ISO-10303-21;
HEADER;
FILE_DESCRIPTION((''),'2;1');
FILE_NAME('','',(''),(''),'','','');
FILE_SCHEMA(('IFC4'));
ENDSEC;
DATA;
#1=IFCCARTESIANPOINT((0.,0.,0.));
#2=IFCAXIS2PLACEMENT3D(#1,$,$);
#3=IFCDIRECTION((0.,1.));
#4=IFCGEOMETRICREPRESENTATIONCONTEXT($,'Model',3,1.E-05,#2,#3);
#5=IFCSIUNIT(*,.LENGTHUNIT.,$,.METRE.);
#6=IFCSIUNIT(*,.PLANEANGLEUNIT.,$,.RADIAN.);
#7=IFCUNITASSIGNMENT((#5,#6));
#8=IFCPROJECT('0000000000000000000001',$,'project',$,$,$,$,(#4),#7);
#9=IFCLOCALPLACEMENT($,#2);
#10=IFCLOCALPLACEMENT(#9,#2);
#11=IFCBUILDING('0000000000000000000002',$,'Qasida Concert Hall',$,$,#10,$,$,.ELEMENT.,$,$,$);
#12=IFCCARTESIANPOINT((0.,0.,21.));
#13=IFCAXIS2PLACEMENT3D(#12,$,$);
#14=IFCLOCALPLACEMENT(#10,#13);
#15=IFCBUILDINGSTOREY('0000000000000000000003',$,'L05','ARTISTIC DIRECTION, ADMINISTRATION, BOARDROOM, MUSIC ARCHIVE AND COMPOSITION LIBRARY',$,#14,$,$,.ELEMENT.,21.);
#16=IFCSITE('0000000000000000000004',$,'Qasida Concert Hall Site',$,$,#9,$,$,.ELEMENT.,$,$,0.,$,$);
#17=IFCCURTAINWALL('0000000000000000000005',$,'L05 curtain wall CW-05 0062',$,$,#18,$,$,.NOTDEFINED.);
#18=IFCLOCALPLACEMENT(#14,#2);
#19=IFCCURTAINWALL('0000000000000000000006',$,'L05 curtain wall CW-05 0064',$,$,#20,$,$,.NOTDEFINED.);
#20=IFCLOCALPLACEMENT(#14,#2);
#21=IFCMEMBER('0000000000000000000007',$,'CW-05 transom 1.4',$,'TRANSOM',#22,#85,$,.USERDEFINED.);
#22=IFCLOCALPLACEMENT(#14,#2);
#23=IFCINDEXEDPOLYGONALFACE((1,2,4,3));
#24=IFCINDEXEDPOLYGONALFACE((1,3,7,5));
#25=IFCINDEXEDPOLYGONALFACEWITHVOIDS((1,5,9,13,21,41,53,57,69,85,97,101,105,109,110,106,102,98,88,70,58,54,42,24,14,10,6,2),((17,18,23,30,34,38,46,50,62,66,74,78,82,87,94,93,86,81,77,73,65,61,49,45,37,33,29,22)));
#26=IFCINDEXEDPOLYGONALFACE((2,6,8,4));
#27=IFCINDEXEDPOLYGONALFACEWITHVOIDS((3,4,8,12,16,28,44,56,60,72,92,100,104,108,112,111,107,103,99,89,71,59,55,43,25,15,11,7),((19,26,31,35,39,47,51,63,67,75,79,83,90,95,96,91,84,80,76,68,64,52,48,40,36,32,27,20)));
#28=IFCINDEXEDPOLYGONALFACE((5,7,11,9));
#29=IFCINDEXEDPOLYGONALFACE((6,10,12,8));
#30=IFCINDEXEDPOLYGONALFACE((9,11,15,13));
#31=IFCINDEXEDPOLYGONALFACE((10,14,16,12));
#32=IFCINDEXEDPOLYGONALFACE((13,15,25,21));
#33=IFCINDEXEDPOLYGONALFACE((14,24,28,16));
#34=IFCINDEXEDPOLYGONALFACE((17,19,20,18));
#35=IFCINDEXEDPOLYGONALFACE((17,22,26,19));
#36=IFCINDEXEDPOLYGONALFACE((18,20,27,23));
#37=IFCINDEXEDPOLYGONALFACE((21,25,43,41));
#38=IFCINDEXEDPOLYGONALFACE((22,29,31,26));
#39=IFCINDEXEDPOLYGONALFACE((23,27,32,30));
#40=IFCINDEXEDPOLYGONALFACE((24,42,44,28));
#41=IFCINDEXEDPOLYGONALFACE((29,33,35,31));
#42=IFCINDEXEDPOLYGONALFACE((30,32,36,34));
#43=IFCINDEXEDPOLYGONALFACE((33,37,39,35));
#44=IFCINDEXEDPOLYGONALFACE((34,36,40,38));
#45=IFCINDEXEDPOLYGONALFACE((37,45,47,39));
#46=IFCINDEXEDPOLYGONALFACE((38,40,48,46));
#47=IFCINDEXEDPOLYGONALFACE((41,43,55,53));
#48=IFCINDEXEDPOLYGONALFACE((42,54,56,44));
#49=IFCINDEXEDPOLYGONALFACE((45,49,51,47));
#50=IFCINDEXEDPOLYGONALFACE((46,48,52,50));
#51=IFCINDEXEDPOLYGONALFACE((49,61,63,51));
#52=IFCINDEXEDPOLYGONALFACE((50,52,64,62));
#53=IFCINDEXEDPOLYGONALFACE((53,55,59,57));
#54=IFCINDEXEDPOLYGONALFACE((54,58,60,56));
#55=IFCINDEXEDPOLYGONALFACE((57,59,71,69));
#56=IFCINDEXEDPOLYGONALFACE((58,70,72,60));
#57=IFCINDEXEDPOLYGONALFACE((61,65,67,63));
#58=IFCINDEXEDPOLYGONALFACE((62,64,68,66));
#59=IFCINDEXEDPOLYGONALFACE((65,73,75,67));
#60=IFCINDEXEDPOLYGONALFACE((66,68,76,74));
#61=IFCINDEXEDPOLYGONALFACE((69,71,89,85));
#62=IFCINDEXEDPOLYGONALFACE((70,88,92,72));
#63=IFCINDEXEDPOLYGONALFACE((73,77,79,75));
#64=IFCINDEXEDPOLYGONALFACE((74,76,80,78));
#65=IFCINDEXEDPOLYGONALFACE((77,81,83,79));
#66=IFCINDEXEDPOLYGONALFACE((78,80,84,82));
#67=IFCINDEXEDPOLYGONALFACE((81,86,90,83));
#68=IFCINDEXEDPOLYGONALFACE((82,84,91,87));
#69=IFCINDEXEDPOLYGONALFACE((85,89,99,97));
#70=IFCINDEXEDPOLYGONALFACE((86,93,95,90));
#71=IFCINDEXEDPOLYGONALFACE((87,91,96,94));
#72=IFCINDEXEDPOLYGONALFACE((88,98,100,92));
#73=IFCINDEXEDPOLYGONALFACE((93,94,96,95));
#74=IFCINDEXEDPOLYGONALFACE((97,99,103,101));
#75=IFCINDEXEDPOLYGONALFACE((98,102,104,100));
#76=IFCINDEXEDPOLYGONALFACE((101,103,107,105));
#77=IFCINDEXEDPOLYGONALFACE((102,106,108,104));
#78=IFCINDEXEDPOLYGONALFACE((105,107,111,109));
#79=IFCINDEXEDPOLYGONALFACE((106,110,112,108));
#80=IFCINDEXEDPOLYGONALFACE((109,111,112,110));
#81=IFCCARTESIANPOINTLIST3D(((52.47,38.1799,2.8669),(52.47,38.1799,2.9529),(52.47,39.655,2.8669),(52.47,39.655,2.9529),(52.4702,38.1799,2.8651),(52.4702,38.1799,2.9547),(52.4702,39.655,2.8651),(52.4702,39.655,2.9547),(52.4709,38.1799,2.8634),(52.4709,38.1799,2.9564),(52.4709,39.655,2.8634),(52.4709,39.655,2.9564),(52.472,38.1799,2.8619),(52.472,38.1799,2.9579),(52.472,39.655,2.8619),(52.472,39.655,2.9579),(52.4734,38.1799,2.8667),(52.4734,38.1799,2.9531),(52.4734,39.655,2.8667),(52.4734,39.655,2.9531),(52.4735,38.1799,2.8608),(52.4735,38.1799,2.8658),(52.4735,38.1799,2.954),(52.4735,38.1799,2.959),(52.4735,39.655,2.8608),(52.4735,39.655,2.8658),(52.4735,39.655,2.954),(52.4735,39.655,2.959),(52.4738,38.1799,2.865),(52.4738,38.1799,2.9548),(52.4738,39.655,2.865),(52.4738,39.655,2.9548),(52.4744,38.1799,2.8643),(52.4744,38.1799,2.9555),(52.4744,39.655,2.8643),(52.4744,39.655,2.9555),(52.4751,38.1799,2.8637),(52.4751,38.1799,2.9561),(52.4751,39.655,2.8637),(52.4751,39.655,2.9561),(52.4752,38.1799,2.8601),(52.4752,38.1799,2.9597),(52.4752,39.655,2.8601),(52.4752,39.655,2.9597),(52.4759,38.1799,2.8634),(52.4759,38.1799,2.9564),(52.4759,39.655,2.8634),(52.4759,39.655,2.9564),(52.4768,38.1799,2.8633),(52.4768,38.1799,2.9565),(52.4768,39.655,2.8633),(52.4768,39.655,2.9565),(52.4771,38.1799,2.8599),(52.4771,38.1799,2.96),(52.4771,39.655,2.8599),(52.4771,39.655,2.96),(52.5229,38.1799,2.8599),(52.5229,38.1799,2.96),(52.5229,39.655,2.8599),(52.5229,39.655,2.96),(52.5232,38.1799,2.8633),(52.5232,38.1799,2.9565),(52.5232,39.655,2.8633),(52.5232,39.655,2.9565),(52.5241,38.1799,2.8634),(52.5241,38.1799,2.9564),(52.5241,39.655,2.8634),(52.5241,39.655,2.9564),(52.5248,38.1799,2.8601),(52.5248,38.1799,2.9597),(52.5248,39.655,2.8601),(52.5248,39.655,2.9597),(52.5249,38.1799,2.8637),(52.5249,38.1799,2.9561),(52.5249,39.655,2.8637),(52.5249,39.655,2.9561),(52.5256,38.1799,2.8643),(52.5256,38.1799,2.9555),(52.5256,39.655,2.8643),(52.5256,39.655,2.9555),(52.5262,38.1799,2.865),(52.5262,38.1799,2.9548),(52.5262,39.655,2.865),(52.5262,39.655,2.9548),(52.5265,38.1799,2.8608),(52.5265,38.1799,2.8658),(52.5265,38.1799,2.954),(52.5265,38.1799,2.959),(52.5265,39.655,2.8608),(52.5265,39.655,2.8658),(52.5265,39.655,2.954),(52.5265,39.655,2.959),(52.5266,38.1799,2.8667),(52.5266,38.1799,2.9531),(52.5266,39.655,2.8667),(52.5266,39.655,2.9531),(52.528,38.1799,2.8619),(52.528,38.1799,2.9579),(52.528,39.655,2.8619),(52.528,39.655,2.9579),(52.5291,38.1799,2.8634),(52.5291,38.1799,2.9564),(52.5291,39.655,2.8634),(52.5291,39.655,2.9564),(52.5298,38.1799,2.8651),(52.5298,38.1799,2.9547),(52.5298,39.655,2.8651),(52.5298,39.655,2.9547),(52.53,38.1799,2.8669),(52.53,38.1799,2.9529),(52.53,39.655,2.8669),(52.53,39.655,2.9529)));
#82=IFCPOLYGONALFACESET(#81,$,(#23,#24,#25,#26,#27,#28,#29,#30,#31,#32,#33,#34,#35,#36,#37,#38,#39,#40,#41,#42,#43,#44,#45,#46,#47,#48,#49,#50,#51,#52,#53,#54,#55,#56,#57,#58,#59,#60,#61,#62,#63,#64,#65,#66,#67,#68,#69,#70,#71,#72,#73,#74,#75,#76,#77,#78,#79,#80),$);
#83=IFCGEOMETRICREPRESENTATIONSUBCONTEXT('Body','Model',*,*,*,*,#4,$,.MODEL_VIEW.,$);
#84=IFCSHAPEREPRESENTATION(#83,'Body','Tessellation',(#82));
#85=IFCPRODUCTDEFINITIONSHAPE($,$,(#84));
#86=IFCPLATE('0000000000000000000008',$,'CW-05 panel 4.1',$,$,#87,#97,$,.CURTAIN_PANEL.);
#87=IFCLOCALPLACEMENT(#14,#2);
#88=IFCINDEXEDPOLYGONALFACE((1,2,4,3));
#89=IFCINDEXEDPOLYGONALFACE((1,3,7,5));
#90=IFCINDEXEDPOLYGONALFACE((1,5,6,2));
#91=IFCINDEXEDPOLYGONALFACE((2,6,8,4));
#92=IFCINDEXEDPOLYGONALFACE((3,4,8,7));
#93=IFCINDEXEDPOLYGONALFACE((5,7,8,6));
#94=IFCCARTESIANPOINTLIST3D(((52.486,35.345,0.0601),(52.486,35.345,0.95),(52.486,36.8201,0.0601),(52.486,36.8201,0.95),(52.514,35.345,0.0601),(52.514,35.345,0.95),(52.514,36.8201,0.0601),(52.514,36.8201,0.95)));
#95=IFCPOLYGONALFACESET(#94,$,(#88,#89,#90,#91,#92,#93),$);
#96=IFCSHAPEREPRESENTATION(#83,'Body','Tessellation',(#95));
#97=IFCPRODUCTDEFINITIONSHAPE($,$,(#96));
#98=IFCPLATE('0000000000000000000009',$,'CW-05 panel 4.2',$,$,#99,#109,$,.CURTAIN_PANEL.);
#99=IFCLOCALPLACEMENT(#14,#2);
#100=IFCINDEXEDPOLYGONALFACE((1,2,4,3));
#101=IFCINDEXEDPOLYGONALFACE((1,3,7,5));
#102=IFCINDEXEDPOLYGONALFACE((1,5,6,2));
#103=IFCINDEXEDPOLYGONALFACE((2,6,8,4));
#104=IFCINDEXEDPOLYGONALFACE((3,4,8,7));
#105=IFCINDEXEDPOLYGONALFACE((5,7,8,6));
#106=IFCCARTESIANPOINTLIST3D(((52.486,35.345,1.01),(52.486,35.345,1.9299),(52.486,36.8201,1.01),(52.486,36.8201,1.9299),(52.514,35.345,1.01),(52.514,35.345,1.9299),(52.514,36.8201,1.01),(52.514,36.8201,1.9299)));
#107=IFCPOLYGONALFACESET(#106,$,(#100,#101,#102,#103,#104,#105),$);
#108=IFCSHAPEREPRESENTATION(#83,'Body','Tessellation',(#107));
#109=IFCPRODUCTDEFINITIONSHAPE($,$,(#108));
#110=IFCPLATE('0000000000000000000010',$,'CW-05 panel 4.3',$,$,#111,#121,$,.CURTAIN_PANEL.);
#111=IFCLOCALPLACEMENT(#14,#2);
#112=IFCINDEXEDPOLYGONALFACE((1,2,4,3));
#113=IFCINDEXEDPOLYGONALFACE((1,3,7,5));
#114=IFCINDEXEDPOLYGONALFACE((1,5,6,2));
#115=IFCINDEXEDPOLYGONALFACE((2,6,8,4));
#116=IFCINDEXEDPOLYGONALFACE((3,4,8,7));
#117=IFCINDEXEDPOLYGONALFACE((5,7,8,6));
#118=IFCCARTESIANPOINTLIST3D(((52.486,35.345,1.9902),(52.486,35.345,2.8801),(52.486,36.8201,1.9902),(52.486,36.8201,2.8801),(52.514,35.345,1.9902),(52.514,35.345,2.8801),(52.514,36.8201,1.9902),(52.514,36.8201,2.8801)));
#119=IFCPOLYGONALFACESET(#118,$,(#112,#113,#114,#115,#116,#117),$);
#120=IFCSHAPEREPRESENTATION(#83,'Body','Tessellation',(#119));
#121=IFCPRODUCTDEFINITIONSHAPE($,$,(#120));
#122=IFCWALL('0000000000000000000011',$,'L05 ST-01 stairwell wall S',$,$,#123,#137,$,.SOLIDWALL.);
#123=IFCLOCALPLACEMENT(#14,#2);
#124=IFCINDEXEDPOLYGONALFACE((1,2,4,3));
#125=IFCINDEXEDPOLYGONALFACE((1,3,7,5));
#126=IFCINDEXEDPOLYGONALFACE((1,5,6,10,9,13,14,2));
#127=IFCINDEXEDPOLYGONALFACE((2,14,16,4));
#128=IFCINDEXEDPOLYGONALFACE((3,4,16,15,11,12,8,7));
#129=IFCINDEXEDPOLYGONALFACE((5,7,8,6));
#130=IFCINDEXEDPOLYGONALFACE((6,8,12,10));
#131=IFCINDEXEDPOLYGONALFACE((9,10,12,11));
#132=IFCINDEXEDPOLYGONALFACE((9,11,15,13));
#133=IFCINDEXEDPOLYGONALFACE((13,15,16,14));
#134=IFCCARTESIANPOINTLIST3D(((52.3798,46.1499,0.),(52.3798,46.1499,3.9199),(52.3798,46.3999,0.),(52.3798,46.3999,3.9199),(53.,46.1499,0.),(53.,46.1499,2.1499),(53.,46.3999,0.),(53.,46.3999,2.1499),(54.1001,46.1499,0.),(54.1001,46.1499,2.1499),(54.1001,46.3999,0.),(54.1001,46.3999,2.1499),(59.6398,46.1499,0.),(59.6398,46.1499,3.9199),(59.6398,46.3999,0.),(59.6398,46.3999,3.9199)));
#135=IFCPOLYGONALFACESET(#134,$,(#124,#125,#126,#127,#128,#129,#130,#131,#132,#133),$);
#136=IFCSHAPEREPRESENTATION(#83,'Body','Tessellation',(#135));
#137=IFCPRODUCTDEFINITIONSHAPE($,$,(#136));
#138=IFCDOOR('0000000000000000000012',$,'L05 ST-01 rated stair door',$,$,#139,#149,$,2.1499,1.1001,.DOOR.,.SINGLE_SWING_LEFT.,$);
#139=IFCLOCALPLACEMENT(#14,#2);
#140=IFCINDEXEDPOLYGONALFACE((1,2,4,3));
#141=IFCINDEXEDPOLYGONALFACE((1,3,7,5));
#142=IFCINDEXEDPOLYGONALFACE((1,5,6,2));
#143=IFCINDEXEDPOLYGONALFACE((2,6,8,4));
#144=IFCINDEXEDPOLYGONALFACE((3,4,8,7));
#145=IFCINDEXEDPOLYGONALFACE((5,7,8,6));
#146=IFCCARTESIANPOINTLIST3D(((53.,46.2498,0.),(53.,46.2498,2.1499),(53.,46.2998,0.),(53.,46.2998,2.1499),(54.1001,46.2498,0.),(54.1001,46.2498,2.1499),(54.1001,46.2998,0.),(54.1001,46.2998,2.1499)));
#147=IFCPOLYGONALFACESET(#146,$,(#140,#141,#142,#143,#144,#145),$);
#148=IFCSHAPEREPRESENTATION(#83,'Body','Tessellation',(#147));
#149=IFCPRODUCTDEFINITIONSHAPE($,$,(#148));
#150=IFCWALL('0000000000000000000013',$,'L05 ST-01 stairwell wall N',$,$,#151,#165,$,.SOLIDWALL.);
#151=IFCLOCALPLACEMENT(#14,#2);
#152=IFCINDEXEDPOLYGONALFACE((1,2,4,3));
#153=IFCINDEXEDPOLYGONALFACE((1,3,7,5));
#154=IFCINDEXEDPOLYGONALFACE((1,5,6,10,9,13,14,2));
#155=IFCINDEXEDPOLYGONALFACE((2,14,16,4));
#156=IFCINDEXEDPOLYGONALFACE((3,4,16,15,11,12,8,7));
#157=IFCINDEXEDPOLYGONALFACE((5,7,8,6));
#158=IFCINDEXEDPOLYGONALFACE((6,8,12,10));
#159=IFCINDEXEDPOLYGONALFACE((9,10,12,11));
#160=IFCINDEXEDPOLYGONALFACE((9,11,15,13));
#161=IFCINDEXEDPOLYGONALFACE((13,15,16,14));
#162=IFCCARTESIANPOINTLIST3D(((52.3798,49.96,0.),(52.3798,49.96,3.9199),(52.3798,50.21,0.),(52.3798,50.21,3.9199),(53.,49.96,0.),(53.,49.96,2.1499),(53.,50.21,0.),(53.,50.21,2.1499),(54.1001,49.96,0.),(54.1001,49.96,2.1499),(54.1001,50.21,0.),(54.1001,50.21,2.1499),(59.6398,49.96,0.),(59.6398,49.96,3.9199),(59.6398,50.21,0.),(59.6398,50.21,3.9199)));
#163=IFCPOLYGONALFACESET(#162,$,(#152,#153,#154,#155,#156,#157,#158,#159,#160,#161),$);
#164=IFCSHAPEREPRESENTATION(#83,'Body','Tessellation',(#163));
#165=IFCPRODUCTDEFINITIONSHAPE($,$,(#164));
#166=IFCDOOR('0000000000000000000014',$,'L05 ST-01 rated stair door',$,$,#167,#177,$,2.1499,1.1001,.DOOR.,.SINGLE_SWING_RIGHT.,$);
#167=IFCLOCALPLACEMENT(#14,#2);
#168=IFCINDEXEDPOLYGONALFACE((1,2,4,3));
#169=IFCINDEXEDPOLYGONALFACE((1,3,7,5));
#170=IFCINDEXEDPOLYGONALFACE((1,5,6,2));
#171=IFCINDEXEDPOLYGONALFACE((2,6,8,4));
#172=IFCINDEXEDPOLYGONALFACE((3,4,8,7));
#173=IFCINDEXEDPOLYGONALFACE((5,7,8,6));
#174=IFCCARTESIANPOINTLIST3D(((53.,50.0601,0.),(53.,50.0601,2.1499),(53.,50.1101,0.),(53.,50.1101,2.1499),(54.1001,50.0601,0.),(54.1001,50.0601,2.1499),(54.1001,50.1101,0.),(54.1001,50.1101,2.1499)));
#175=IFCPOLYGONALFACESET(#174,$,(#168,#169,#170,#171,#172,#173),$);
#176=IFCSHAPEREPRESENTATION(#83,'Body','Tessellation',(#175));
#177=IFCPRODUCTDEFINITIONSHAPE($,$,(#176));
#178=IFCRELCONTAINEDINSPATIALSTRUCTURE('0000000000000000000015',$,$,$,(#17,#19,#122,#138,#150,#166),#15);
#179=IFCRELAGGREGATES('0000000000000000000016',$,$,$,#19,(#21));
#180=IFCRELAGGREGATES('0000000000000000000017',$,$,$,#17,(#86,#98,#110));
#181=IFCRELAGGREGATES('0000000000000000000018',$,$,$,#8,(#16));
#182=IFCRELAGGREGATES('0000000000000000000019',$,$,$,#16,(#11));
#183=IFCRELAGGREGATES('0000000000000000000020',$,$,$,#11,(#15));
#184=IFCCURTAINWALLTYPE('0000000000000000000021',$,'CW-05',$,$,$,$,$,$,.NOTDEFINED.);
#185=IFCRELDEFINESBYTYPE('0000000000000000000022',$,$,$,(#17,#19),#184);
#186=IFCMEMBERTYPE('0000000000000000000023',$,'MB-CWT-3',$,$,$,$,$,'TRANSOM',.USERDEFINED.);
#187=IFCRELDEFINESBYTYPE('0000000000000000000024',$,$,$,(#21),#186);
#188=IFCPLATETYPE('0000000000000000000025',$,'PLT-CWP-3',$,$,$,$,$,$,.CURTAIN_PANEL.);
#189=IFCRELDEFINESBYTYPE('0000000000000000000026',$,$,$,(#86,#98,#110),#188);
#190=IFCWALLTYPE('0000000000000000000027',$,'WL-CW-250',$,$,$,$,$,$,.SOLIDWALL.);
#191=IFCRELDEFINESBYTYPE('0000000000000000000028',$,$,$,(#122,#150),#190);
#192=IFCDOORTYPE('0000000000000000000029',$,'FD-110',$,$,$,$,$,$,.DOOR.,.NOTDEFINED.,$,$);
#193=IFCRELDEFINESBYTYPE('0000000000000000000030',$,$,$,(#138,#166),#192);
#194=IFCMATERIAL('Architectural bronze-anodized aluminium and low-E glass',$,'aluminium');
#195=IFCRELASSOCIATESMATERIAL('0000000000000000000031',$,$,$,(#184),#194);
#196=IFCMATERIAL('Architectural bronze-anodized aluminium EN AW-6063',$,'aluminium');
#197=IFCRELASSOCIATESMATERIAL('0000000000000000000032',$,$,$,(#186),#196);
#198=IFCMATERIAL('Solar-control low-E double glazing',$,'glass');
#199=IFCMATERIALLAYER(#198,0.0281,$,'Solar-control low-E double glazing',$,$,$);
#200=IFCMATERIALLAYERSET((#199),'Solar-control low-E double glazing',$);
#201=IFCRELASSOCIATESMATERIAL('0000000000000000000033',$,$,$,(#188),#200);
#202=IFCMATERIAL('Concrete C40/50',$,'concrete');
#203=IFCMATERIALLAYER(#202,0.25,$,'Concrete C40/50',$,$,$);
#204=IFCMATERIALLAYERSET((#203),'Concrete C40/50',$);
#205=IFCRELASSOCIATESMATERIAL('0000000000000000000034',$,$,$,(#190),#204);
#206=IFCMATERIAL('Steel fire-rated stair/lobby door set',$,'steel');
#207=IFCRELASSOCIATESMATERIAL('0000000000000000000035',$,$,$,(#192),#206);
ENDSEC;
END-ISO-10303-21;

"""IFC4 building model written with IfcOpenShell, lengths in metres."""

from ifc_helpers import new_model, si_unit, direction, frame, frame_2d, origin, origin_2d, place, context, subcontext, project, spatial, rectangle, hollow_rectangle, extrude, material, layer, layer_set, material_profile, profile_set, type_object, element, fill, aggregate, save


model = new_model("IFC4")

# Units and contexts
model_context = context("Model", 3, precision=1e-05, world=origin(), true_north=direction((0.0, 1.0)))
body_context = subcontext(model_context, "Body", "Model", "MODEL_VIEW")
ifc_project = project(units=[si_unit("LENGTHUNIT", "METRE"), si_unit("PLANEANGLEUNIT", "RADIAN")], contexts=[model_context])

# Site, building, storey
site_placement = place(None, origin())
site = spatial("IfcSite", under=ifc_project, at=site_placement, Name="Qasida Concert Hall Site", CompositionType="ELEMENT", RefElevation=0.0)
building_placement = place(site_placement, origin())
building = spatial("IfcBuilding", under=site, at=building_placement, Name="Qasida Concert Hall", CompositionType="ELEMENT")
storey_placement = place(building_placement, frame((0.0, 0.0, 21.0)))
storey = spatial("IfcBuildingStorey", under=building, at=storey_placement, Name="L05", Description="ARTISTIC DIRECTION, ADMINISTRATION, BOARDROOM, MUSIC ARCHIVE AND COMPOSITION LIBRARY", CompositionType="ELEMENT", Elevation=21.0)

# Curtain wall
ifc_material_1 = material(Name="Architectural bronze-anodized aluminium and low-E glass", Category="aluminium")
curtain_wall_type = type_object("IfcCurtainWallType", Name="CW-05", PredefinedType="NOTDEFINED", material=ifc_material_1)
curtain_wall_1_placement = place(storey_placement, origin())
curtain_wall_1 = element("IfcCurtainWall", 1, at=curtain_wall_1_placement, inside=storey, type_object=curtain_wall_type, Name="L05 curtain wall CW-05 0062", PredefinedType="NOTDEFINED")
ifc_material_2 = material(Name="Architectural bronze-anodized aluminium EN AW-6063", Category="aluminium")

# Curtain wall
curtain_wall_2_placement = place(storey_placement, origin())
curtain_wall_2 = element("IfcCurtainWall", 2, at=curtain_wall_2_placement, inside=storey, type_object=curtain_wall_type, Name="L05 curtain wall CW-05 0064", PredefinedType="NOTDEFINED")

# Member
ifc_material_profile_1 = material_profile(ifc_material_2, hollow_rectangle(XDim=0.0601, YDim=0.1001, WallThickness=0.0034, InnerFilletRadius=0.0034, OuterFilletRadius=0.0071, at=origin_2d()), Name="CWT 100x60x3.5")
ifc_profile_set_1 = profile_set([ifc_material_profile_1], Name="Architectural bronze-anodized aluminium EN AW-6063")
member_type_1 = type_object("IfcMemberType", Name="MB-CWT-3", ElementType="TRANSOM", PredefinedType="USERDEFINED", material=ifc_profile_set_1)
member_1_placement = place(storey_placement, frame((52.5, 38.1799, 2.9099), z_axis=(0.0, 1.0, 0.0), x_axis=(-1.0, 0.0, 0.0)))
member_1 = element("IfcMember", 3, at=member_1_placement, type_object=member_type_1, Name="CW-05 transom 1.4", ObjectType="TRANSOM", PredefinedType="USERDEFINED", context=body_context, shape_type="SweptSolid", body=[
    extrude(hollow_rectangle(XDim=0.0601, YDim=0.1001, WallThickness=0.0034, InnerFilletRadius=0.0034, OuterFilletRadius=0.0071, at=origin_2d()), origin(), (0.0, 0.0, 1.0), 1.4751),
])
aggregate(curtain_wall_2, [member_1])

# Plates
ifc_material_3 = material(Name="Solar-control low-E double glazing", Category="glass")
ifc_layer_1 = layer(ifc_material_3, 0.0281, Name="Solar-control low-E double glazing")
ifc_layer_set_1 = layer_set([ifc_layer_1], Name="Solar-control low-E double glazing")
plate_type = type_object("IfcPlateType", Name="PLT-CWP-3", PredefinedType="CURTAIN_PANEL", material=ifc_layer_set_1)
plate_1_placement = place(storey_placement, frame((52.5, 36.0825, 0.0601), z_axis=(0.0, 0.0, 1.0), x_axis=(0.0, 1.0, 0.0)))
plate_1 = element("IfcPlate", 4, at=plate_1_placement, type_object=plate_type, Name="CW-05 panel 4.1", PredefinedType="CURTAIN_PANEL", context=body_context, shape_type="SweptSolid", body=[
    extrude(rectangle(XDim=1.4751, YDim=0.0281, at=origin_2d()), origin(), (0.0, 0.0, 1.0), 0.8899),
])
plate_2_placement = place(storey_placement, frame((52.5, 36.0825, 1.01), z_axis=(0.0, 0.0, 1.0), x_axis=(0.0, 1.0, 0.0)))
plate_2 = element("IfcPlate", 5, at=plate_2_placement, type_object=plate_type, Name="CW-05 panel 4.2", PredefinedType="CURTAIN_PANEL", context=body_context, shape_type="SweptSolid", body=[
    extrude(rectangle(XDim=1.4751, YDim=0.0281, at=origin_2d()), origin(), (0.0, 0.0, 1.0), 0.9199),
])
plate_3_placement = place(storey_placement, frame((52.5, 36.0825, 1.9902), z_axis=(0.0, 0.0, 1.0), x_axis=(0.0, 1.0, 0.0)))
plate_3 = element("IfcPlate", 6, at=plate_3_placement, type_object=plate_type, Name="CW-05 panel 4.3", PredefinedType="CURTAIN_PANEL", context=body_context, shape_type="SweptSolid", body=[
    extrude(rectangle(XDim=1.4751, YDim=0.0281, at=origin_2d()), origin(), (0.0, 0.0, 1.0), 0.8899),
])
aggregate(curtain_wall_1, [plate_1, plate_2, plate_3])

# Walls, openings, doors
ifc_material_4 = material(Name="Concrete C40/50", Category="concrete")
ifc_layer_2 = layer(ifc_material_4, 0.25, Name="Concrete C40/50")
ifc_layer_set_2 = layer_set([ifc_layer_2], Name="Concrete C40/50")
wall_type_1 = type_object("IfcWallType", Name="WL-CW-250", PredefinedType="SOLIDWALL", material=ifc_layer_set_2)
wall_1_placement = place(storey_placement, frame((52.3799, 46.2749, 0.0), z_axis=(0.0, 0.0, 1.0), x_axis=(1.0, 0.0, 0.0)))
wall_1 = element("IfcWall", 7, at=wall_1_placement, inside=storey, type_object=wall_type_1, Name="L05 ST-01 stairwell wall S", PredefinedType="SOLIDWALL", context=body_context, shape_type="SweptSolid", body=[
    extrude(rectangle(XDim=7.26, YDim=0.25, at=frame_2d((3.6299, 0.0))), origin(), (0.0, 0.0, 1.0), 3.9199),
])
opening_1_placement = place(wall_1_placement, frame((0.6201, 0.0, 0.0)))
opening_1 = element("IfcOpeningElement", 8, at=opening_1_placement, cuts=wall_1, PredefinedType="OPENING", context=body_context, shape_type="SweptSolid", body=[
    extrude(rectangle(XDim=1.1001, YDim=2.1499, at=frame_2d((0.55, 1.075))), frame((0.0, 0.135, 0.0), z_axis=(0.0, -1.0, 0.0), x_axis=(1.0, 0.0, 0.0)), (0.0, 0.0, 1.0), 0.27),
])
ifc_material_5 = material(Name="Steel fire-rated stair/lobby door set", Category="steel")
door_type = type_object("IfcDoorType", Name="FD-110", OperationType="NOTDEFINED", PredefinedType="DOOR", material=ifc_material_5)
door_1_placement = place(opening_1_placement, origin())
door_1 = element("IfcDoor", 9, at=door_1_placement, inside=storey, type_object=door_type, Name="L05 ST-01 rated stair door", OperationType="SINGLE_SWING_LEFT", OverallHeight=2.1499, OverallWidth=1.1001, PredefinedType="DOOR", context=body_context, shape_type="SweptSolid", body=[
    extrude(rectangle(XDim=1.1001, YDim=2.1499, at=frame_2d((0.55, 1.075))), frame((0.0, 0.0249, 0.0), z_axis=(0.0, -1.0, 0.0), x_axis=(1.0, 0.0, 0.0)), (0.0, 0.0, 1.0), 0.05),
])
fill(opening_1, door_1)
wall_2_placement = place(storey_placement, frame((52.3799, 50.085, 0.0), z_axis=(0.0, 0.0, 1.0), x_axis=(1.0, 0.0, 0.0)))
wall_2 = element("IfcWall", 10, at=wall_2_placement, inside=storey, type_object=wall_type_1, Name="L05 ST-01 stairwell wall N", PredefinedType="SOLIDWALL", context=body_context, shape_type="SweptSolid", body=[
    extrude(rectangle(XDim=7.26, YDim=0.25, at=frame_2d((3.6299, 0.0))), origin(), (0.0, 0.0, 1.0), 3.9199),
])
opening_2_placement = place(wall_2_placement, frame((0.6201, 0.0, 0.0)))
opening_2 = element("IfcOpeningElement", 11, at=opening_2_placement, cuts=wall_2, PredefinedType="OPENING", context=body_context, shape_type="SweptSolid", body=[
    extrude(rectangle(XDim=1.1001, YDim=2.1499, at=frame_2d((0.55, 1.075))), frame((0.0, 0.135, 0.0), z_axis=(0.0, -1.0, 0.0), x_axis=(1.0, 0.0, 0.0)), (0.0, 0.0, 1.0), 0.27),
])
door_2_placement = place(opening_2_placement, frame((1.1001, 0.0, 0.0), z_axis=(0.0, 0.0, 1.0), x_axis=(-1.0, 0.0, 0.0)))
door_2 = element("IfcDoor", 12, at=door_2_placement, inside=storey, type_object=door_type, Name="L05 ST-01 rated stair door", OperationType="SINGLE_SWING_RIGHT", OverallHeight=2.1499, OverallWidth=1.1001, PredefinedType="DOOR", context=body_context, shape_type="SweptSolid", body=[
    extrude(rectangle(XDim=1.1001, YDim=2.1499, at=frame_2d((0.55, 1.075))), frame((0.0, 0.0249, 0.0), z_axis=(0.0, -1.0, 0.0), x_axis=(1.0, 0.0, 0.0)), (0.0, 0.0, 1.0), 0.05),
])
fill(opening_2, door_2)

save(model, "model.ifc")
